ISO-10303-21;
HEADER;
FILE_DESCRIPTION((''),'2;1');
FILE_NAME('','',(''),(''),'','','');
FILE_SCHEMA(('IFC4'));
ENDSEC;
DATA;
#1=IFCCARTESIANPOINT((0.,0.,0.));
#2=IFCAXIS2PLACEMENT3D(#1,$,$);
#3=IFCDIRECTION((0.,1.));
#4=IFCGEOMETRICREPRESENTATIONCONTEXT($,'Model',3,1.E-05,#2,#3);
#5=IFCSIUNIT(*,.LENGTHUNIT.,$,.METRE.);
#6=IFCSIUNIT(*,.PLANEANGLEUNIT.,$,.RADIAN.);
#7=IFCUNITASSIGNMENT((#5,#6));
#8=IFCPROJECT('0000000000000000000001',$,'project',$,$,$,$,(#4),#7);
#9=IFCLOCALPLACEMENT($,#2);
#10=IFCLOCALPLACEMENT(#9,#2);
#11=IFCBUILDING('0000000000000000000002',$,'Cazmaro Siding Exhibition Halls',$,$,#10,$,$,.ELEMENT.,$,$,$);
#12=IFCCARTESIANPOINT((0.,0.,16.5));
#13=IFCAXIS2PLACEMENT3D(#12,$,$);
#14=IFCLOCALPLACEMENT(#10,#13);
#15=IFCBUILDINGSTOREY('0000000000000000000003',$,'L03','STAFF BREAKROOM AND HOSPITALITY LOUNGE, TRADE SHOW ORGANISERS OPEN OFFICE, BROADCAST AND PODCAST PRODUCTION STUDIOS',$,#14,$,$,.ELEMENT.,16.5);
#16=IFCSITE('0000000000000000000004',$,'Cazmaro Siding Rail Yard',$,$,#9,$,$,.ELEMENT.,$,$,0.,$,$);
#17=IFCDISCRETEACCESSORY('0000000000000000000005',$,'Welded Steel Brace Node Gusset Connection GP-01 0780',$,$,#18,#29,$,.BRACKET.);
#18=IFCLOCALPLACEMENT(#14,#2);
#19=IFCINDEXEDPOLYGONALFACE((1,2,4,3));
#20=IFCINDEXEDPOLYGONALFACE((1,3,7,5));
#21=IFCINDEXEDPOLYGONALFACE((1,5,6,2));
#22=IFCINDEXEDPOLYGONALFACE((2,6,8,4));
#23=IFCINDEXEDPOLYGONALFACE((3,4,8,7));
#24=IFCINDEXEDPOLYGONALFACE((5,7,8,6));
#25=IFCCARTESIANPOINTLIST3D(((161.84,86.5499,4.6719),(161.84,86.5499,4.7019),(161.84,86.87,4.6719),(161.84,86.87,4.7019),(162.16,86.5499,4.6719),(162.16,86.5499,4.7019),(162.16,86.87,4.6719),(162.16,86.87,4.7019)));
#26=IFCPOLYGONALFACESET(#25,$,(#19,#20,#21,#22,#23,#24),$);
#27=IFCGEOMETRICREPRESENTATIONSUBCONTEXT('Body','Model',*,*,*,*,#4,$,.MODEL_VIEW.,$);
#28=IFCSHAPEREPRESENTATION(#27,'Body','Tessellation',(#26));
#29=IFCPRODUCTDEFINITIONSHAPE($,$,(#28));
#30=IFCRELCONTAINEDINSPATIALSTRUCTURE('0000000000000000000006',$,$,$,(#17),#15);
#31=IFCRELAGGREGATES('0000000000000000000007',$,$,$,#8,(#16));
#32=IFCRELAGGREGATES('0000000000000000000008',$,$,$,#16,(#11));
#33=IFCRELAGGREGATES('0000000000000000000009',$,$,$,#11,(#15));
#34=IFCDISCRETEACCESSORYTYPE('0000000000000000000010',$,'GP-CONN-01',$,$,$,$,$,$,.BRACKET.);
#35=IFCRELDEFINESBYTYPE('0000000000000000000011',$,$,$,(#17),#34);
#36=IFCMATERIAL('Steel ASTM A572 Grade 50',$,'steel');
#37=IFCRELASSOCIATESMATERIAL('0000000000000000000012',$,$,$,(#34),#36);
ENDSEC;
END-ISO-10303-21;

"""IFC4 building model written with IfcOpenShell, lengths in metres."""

from ifc_helpers import new_model, si_unit, direction, frame, origin, origin_2d, place, context, subcontext, project, spatial, rectangle, extrude, material, type_object, element, save


model = new_model("IFC4")

# Units and contexts
model_context = context("Model", 3, precision=1e-05, world=origin(), true_north=direction((0.0, 1.0)))
body_context = subcontext(model_context, "Body", "Model", "MODEL_VIEW")
ifc_project = project(units=[si_unit("LENGTHUNIT", "METRE"), si_unit("PLANEANGLEUNIT", "RADIAN")], contexts=[model_context])

# Site, building, storey
site_placement = place(None, origin())
site = spatial("IfcSite", under=ifc_project, at=site_placement, Name="Cazmaro Siding Rail Yard", CompositionType="ELEMENT", RefElevation=0.0)
building_placement = place(site_placement, origin())
building = spatial("IfcBuilding", under=site, at=building_placement, Name="Cazmaro Siding Exhibition Halls", CompositionType="ELEMENT")
storey_placement = place(building_placement, frame((0.0, 0.0, 16.5)))
storey = spatial("IfcBuildingStorey", under=building, at=storey_placement, Name="L03", Description="STAFF BREAKROOM AND HOSPITALITY LOUNGE, TRADE SHOW ORGANISERS OPEN OFFICE, BROADCAST AND PODCAST PRODUCTION STUDIOS", CompositionType="ELEMENT", Elevation=16.5)

# Discrete accessory
ifc_material_1 = material(Name="Steel ASTM A572 Grade 50", Category="steel")
discrete_accessory_type = type_object("IfcDiscreteAccessoryType", Name="GP-CONN-01", PredefinedType="BRACKET", material=ifc_material_1)
for number, where, z_axis, x_axis, name in (
    (1, (162.0, 86.71, 4.6719), (0.0, 0.0, 1.0), (1.0, 0.0, 0.0), "Welded Steel Brace Node Gusset Connection GP-01 0780"),
):
    element("IfcDiscreteAccessory", number, at=place(storey_placement, frame(where, z_axis=z_axis, x_axis=x_axis)), inside=storey, type_object=discrete_accessory_type, Name=name, PredefinedType="BRACKET", context=body_context, shape_type="SweptSolid", body=[
        extrude(rectangle(XDim=0.3201, YDim=0.3201, at=origin_2d()), origin(), (0.0, 0.0, 1.0), 0.03),
    ])

save(model, "model.ifc")
